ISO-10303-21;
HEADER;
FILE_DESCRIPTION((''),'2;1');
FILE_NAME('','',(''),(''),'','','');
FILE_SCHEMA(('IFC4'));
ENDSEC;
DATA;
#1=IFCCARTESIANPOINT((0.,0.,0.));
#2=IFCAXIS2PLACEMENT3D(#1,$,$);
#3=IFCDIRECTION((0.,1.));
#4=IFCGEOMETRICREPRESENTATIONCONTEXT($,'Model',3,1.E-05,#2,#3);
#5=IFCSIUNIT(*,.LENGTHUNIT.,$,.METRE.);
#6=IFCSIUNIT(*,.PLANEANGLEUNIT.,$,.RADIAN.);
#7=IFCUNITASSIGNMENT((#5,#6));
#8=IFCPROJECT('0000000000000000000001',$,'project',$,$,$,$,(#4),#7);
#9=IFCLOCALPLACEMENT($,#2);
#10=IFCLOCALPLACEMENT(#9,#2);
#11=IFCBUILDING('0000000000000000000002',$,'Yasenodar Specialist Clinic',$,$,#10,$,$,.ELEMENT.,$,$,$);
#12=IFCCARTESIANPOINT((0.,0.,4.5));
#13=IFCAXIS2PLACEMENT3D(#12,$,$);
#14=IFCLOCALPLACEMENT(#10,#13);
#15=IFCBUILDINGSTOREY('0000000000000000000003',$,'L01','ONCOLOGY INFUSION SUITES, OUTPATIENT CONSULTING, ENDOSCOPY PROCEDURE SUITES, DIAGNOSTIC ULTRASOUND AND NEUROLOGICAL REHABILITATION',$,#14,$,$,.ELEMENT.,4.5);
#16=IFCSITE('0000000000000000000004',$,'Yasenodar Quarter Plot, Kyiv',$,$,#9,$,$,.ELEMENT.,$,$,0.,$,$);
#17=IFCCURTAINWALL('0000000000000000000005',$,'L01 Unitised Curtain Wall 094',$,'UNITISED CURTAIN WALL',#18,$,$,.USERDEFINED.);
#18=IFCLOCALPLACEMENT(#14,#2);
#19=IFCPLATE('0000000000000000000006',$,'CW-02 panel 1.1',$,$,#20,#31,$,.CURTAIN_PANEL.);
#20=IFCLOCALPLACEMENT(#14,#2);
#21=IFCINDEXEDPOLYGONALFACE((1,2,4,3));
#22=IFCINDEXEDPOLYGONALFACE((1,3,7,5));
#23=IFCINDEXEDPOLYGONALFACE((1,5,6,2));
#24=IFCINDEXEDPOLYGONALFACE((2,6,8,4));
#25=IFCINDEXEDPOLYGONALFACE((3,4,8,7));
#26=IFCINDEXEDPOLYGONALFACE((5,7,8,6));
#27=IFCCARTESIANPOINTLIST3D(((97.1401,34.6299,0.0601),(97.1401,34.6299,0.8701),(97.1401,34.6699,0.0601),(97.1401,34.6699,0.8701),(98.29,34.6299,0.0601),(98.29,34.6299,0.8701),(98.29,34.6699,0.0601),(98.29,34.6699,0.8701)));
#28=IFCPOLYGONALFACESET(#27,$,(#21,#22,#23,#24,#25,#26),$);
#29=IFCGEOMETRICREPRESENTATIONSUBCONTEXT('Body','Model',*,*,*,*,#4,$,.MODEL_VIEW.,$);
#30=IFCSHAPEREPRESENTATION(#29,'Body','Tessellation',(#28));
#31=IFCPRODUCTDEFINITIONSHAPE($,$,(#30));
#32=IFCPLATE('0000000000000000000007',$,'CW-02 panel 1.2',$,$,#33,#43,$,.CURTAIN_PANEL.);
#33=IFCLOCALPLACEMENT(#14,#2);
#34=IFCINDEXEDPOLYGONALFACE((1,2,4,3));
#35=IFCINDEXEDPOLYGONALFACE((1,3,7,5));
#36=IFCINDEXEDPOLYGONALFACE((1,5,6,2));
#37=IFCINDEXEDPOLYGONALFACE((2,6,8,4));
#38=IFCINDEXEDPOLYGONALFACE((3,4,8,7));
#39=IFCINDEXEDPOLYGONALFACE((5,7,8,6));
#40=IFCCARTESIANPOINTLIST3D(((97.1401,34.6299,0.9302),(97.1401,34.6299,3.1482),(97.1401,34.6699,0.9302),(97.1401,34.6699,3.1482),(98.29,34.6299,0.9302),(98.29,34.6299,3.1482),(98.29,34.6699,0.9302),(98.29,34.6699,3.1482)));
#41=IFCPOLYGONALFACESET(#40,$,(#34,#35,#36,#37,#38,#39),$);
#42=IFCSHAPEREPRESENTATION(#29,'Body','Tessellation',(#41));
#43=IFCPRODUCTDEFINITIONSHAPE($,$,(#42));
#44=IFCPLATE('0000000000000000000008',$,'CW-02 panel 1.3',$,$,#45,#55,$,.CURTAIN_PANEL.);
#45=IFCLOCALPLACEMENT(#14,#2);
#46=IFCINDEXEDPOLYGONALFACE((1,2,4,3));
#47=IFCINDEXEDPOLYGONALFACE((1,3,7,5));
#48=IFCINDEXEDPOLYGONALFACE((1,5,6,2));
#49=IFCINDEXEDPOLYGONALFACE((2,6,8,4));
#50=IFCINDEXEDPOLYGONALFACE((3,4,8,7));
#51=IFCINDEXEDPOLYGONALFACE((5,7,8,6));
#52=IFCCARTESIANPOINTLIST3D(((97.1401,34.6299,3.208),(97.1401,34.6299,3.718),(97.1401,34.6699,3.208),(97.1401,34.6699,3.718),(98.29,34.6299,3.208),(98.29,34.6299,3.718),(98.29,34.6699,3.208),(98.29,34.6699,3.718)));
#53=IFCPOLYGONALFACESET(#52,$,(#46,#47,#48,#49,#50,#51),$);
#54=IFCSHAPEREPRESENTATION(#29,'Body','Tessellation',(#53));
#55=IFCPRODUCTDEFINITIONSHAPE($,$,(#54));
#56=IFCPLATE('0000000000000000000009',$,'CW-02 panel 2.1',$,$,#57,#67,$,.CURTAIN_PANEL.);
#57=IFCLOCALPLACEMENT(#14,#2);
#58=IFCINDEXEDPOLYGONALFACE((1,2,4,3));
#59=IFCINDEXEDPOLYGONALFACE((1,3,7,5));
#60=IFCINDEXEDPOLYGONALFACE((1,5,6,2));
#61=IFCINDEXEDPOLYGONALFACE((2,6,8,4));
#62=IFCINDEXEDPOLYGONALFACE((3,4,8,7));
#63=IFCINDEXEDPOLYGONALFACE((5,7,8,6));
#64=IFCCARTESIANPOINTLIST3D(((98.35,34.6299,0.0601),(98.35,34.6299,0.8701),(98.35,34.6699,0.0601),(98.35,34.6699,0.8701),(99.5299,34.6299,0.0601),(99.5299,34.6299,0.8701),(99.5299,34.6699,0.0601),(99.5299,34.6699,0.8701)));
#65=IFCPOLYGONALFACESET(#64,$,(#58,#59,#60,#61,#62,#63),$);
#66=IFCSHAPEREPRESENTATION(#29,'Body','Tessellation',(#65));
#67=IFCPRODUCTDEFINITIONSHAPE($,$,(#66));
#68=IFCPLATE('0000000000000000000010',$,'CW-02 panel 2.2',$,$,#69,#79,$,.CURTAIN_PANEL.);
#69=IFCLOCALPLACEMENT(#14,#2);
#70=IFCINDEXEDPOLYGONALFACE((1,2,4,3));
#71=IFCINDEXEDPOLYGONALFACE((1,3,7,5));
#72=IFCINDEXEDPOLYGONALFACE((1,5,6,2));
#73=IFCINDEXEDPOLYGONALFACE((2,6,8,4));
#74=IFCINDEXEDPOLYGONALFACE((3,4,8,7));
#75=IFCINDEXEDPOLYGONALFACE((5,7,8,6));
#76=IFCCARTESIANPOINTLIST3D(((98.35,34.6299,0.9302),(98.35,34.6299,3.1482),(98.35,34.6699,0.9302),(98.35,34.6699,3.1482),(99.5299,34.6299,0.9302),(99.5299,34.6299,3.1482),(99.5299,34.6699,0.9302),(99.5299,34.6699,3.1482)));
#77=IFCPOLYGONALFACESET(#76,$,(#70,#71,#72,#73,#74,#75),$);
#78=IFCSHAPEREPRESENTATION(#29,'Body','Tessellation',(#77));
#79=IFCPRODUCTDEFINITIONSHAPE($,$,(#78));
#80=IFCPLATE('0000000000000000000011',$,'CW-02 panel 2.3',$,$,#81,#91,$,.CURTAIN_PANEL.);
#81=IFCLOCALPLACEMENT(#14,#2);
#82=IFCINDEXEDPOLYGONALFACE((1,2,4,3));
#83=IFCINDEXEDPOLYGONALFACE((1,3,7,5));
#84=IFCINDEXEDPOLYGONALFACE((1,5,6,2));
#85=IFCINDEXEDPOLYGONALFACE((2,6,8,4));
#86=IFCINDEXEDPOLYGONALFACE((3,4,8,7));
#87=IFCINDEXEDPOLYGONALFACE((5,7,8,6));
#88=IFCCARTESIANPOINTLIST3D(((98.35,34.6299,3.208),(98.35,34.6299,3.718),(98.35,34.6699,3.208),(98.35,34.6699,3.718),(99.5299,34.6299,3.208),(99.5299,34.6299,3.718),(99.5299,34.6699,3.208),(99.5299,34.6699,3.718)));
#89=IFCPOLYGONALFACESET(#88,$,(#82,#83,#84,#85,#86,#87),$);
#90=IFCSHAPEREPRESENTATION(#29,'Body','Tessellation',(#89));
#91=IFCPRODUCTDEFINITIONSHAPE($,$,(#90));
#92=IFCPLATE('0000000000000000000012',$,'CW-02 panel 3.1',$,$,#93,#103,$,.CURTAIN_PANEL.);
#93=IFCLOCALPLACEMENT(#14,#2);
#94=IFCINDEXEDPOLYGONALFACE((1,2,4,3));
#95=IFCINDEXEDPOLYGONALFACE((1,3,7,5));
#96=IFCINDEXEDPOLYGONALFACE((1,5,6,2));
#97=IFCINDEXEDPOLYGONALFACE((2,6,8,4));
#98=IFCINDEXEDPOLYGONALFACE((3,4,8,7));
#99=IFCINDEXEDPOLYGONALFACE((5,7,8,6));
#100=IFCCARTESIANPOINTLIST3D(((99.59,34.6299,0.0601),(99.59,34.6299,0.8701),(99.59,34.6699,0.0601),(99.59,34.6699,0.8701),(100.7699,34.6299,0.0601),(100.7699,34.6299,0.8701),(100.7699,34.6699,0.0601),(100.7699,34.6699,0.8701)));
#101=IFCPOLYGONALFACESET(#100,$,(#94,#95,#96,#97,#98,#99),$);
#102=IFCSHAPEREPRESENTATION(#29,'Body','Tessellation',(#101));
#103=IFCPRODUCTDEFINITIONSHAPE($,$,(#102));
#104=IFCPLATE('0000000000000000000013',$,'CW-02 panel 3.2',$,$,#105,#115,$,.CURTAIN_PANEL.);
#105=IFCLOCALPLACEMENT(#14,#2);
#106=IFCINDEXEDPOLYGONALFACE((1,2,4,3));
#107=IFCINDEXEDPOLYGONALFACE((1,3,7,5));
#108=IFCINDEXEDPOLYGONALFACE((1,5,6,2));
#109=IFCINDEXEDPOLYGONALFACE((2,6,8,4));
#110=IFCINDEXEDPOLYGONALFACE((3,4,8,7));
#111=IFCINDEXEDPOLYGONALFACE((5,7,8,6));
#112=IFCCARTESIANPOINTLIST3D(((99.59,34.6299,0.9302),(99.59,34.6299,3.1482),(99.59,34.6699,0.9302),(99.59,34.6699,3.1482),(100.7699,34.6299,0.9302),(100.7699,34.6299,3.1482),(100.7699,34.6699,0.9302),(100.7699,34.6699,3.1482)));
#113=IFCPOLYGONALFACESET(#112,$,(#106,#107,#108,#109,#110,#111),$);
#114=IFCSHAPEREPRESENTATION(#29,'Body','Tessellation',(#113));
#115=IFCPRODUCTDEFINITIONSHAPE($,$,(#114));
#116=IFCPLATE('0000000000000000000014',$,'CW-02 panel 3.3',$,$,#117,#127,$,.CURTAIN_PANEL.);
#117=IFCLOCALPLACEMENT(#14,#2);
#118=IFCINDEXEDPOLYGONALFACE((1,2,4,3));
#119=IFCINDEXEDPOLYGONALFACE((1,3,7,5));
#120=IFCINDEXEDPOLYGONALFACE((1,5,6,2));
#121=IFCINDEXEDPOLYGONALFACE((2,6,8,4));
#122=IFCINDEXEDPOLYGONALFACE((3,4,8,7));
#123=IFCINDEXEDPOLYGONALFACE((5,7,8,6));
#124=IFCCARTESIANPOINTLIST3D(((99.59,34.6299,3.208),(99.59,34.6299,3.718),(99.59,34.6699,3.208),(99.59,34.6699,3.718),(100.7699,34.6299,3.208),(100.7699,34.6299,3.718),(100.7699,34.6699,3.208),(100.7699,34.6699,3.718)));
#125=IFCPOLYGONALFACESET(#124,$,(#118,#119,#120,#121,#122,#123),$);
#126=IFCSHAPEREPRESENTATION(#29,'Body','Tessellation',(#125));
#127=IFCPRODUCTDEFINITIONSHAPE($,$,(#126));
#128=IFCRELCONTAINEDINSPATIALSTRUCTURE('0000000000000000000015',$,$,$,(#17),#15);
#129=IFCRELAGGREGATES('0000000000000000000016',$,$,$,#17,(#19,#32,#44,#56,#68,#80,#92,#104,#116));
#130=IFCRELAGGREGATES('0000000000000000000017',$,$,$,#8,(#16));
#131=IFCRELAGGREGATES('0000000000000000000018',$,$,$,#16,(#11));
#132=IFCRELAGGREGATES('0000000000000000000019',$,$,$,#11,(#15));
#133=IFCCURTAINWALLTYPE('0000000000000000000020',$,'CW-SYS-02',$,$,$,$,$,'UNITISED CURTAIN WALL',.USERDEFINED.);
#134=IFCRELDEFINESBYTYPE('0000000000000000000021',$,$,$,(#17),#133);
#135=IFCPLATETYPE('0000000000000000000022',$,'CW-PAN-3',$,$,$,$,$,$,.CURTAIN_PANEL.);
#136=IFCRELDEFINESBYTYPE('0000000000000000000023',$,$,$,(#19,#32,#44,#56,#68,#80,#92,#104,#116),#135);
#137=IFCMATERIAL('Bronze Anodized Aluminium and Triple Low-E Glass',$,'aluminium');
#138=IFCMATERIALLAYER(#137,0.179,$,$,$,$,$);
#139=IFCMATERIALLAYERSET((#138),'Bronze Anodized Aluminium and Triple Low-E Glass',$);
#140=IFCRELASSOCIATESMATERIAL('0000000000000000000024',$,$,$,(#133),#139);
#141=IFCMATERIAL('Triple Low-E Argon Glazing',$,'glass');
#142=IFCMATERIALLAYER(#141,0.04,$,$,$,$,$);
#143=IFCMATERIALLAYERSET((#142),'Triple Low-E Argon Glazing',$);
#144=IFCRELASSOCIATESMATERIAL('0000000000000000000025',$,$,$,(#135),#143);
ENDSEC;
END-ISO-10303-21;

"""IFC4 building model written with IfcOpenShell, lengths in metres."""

from ifc_helpers import new_model, si_unit, direction, frame, origin, origin_2d, place, context, subcontext, project, spatial, rectangle, extrude, material, layer, layer_set, type_object, element, aggregate, save


model = new_model("IFC4")

# Units and contexts
model_context = context("Model", 3, precision=1e-05, world=origin(), true_north=direction((0.0, 1.0)))
body_context = subcontext(model_context, "Body", "Model", "MODEL_VIEW")
ifc_project = project(units=[si_unit("LENGTHUNIT", "METRE"), si_unit("PLANEANGLEUNIT", "RADIAN")], contexts=[model_context])

# Site, building, storey
site_placement = place(None, origin())
site = spatial("IfcSite", under=ifc_project, at=site_placement, Name="Yasenodar Quarter Plot, Kyiv", CompositionType="ELEMENT", RefElevation=0.0)
building_placement = place(site_placement, origin())
building = spatial("IfcBuilding", under=site, at=building_placement, Name="Yasenodar Specialist Clinic", CompositionType="ELEMENT")
storey_placement = place(building_placement, frame((0.0, 0.0, 4.5)))
storey = spatial("IfcBuildingStorey", under=building, at=storey_placement, Name="L01", Description="ONCOLOGY INFUSION SUITES, OUTPATIENT CONSULTING, ENDOSCOPY PROCEDURE SUITES, DIAGNOSTIC ULTRASOUND AND NEUROLOGICAL REHABILITATION", CompositionType="ELEMENT", Elevation=4.5)

# Curtain wall, plates
ifc_material_1 = material(Name="Bronze Anodized Aluminium and Triple Low-E Glass", Category="aluminium")
ifc_layer_1 = layer(ifc_material_1, 0.179)
ifc_layer_set_1 = layer_set([ifc_layer_1], Name="Bronze Anodized Aluminium and Triple Low-E Glass")
curtain_wall_type = type_object("IfcCurtainWallType", Name="CW-SYS-02", ElementType="UNITISED CURTAIN WALL", PredefinedType="USERDEFINED", material=ifc_layer_set_1)
curtain_wall_placement = place(storey_placement, origin())
curtain_wall = element("IfcCurtainWall", 1, at=curtain_wall_placement, inside=storey, type_object=curtain_wall_type, Name="L01 Unitised Curtain Wall 094", ObjectType="UNITISED CURTAIN WALL", PredefinedType="USERDEFINED")
ifc_material_2 = material(Name="Triple Low-E Argon Glazing", Category="glass")
ifc_layer_2 = layer(ifc_material_2, 0.04)
ifc_layer_set_2 = layer_set([ifc_layer_2], Name="Triple Low-E Argon Glazing")
plate_type = type_object("IfcPlateType", Name="CW-PAN-3", PredefinedType="CURTAIN_PANEL", material=ifc_layer_set_2)
plate_1_placement = place(storey_placement, frame((97.7151, 34.6499, 0.0601), z_axis=(0.0, 0.0, 1.0), x_axis=(1.0, 0.0, 0.0)))
plate_1 = element("IfcPlate", 2, at=plate_1_placement, type_object=plate_type, Name="CW-02 panel 1.1", PredefinedType="CURTAIN_PANEL", context=body_context, shape_type="SweptSolid", body=[
    extrude(rectangle(XDim=1.1499, YDim=0.04, at=origin_2d()), origin(), (0.0, 0.0, 1.0), 0.8101),
])
plate_2_placement = place(storey_placement, frame((97.7151, 34.6499, 0.9302), z_axis=(0.0, 0.0, 1.0), x_axis=(1.0, 0.0, 0.0)))
plate_2 = element("IfcPlate", 3, at=plate_2_placement, type_object=plate_type, Name="CW-02 panel 1.2", PredefinedType="CURTAIN_PANEL", context=body_context, shape_type="SweptSolid", body=[
    extrude(rectangle(XDim=1.1499, YDim=0.04, at=origin_2d()), origin(), (0.0, 0.0, 1.0), 2.218),
])
plate_3_placement = place(storey_placement, frame((97.7151, 34.6499, 3.208), z_axis=(0.0, 0.0, 1.0), x_axis=(1.0, 0.0, 0.0)))
plate_3 = element("IfcPlate", 4, at=plate_3_placement, type_object=plate_type, Name="CW-02 panel 1.3", PredefinedType="CURTAIN_PANEL", context=body_context, shape_type="SweptSolid", body=[
    extrude(rectangle(XDim=1.1499, YDim=0.04, at=origin_2d()), origin(), (0.0, 0.0, 1.0), 0.51),
])
plate_4_placement = place(storey_placement, frame((98.9399, 34.6499, 0.0601), z_axis=(0.0, 0.0, 1.0), x_axis=(1.0, 0.0, 0.0)))
plate_4 = element("IfcPlate", 5, at=plate_4_placement, type_object=plate_type, Name="CW-02 panel 2.1", PredefinedType="CURTAIN_PANEL", context=body_context, shape_type="SweptSolid", body=[
    extrude(rectangle(XDim=1.1799, YDim=0.04, at=origin_2d()), origin(), (0.0, 0.0, 1.0), 0.8101),
])
plate_5_placement = place(storey_placement, frame((98.9399, 34.6499, 0.9302), z_axis=(0.0, 0.0, 1.0), x_axis=(1.0, 0.0, 0.0)))
plate_5 = element("IfcPlate", 6, at=plate_5_placement, type_object=plate_type, Name="CW-02 panel 2.2", PredefinedType="CURTAIN_PANEL", context=body_context, shape_type="SweptSolid", body=[
    extrude(rectangle(XDim=1.1799, YDim=0.04, at=origin_2d()), origin(), (0.0, 0.0, 1.0), 2.218),
])
plate_6_placement = place(storey_placement, frame((98.9399, 34.6499, 3.208), z_axis=(0.0, 0.0, 1.0), x_axis=(1.0, 0.0, 0.0)))
plate_6 = element("IfcPlate", 7, at=plate_6_placement, type_object=plate_type, Name="CW-02 panel 2.3", PredefinedType="CURTAIN_PANEL", context=body_context, shape_type="SweptSolid", body=[
    extrude(rectangle(XDim=1.1799, YDim=0.04, at=origin_2d()), origin(), (0.0, 0.0, 1.0), 0.51),
])
plate_7_placement = place(storey_placement, frame((100.1799, 34.6499, 0.0601), z_axis=(0.0, 0.0, 1.0), x_axis=(1.0, 0.0, 0.0)))
plate_7 = element("IfcPlate", 8, at=plate_7_placement, type_object=plate_type, Name="CW-02 panel 3.1", PredefinedType="CURTAIN_PANEL", context=body_context, shape_type="SweptSolid", body=[
    extrude(rectangle(XDim=1.1799, YDim=0.04, at=origin_2d()), origin(), (0.0, 0.0, 1.0), 0.8101),
])
plate_8_placement = place(storey_placement, frame((100.1799, 34.6499, 0.9302), z_axis=(0.0, 0.0, 1.0), x_axis=(1.0, 0.0, 0.0)))
plate_8 = element("IfcPlate", 9, at=plate_8_placement, type_object=plate_type, Name="CW-02 panel 3.2", PredefinedType="CURTAIN_PANEL", context=body_context, shape_type="SweptSolid", body=[
    extrude(rectangle(XDim=1.1799, YDim=0.04, at=origin_2d()), origin(), (0.0, 0.0, 1.0), 2.218),
])
plate_9_placement = place(storey_placement, frame((100.1799, 34.6499, 3.208), z_axis=(0.0, 0.0, 1.0), x_axis=(1.0, 0.0, 0.0)))
plate_9 = element("IfcPlate", 10, at=plate_9_placement, type_object=plate_type, Name="CW-02 panel 3.3", PredefinedType="CURTAIN_PANEL", context=body_context, shape_type="SweptSolid", body=[
    extrude(rectangle(XDim=1.1799, YDim=0.04, at=origin_2d()), origin(), (0.0, 0.0, 1.0), 0.51),
])
aggregate(curtain_wall, [plate_1, plate_2, plate_3, plate_4, plate_5, plate_6, plate_7, plate_8, plate_9])

save(model, "model.ifc")
